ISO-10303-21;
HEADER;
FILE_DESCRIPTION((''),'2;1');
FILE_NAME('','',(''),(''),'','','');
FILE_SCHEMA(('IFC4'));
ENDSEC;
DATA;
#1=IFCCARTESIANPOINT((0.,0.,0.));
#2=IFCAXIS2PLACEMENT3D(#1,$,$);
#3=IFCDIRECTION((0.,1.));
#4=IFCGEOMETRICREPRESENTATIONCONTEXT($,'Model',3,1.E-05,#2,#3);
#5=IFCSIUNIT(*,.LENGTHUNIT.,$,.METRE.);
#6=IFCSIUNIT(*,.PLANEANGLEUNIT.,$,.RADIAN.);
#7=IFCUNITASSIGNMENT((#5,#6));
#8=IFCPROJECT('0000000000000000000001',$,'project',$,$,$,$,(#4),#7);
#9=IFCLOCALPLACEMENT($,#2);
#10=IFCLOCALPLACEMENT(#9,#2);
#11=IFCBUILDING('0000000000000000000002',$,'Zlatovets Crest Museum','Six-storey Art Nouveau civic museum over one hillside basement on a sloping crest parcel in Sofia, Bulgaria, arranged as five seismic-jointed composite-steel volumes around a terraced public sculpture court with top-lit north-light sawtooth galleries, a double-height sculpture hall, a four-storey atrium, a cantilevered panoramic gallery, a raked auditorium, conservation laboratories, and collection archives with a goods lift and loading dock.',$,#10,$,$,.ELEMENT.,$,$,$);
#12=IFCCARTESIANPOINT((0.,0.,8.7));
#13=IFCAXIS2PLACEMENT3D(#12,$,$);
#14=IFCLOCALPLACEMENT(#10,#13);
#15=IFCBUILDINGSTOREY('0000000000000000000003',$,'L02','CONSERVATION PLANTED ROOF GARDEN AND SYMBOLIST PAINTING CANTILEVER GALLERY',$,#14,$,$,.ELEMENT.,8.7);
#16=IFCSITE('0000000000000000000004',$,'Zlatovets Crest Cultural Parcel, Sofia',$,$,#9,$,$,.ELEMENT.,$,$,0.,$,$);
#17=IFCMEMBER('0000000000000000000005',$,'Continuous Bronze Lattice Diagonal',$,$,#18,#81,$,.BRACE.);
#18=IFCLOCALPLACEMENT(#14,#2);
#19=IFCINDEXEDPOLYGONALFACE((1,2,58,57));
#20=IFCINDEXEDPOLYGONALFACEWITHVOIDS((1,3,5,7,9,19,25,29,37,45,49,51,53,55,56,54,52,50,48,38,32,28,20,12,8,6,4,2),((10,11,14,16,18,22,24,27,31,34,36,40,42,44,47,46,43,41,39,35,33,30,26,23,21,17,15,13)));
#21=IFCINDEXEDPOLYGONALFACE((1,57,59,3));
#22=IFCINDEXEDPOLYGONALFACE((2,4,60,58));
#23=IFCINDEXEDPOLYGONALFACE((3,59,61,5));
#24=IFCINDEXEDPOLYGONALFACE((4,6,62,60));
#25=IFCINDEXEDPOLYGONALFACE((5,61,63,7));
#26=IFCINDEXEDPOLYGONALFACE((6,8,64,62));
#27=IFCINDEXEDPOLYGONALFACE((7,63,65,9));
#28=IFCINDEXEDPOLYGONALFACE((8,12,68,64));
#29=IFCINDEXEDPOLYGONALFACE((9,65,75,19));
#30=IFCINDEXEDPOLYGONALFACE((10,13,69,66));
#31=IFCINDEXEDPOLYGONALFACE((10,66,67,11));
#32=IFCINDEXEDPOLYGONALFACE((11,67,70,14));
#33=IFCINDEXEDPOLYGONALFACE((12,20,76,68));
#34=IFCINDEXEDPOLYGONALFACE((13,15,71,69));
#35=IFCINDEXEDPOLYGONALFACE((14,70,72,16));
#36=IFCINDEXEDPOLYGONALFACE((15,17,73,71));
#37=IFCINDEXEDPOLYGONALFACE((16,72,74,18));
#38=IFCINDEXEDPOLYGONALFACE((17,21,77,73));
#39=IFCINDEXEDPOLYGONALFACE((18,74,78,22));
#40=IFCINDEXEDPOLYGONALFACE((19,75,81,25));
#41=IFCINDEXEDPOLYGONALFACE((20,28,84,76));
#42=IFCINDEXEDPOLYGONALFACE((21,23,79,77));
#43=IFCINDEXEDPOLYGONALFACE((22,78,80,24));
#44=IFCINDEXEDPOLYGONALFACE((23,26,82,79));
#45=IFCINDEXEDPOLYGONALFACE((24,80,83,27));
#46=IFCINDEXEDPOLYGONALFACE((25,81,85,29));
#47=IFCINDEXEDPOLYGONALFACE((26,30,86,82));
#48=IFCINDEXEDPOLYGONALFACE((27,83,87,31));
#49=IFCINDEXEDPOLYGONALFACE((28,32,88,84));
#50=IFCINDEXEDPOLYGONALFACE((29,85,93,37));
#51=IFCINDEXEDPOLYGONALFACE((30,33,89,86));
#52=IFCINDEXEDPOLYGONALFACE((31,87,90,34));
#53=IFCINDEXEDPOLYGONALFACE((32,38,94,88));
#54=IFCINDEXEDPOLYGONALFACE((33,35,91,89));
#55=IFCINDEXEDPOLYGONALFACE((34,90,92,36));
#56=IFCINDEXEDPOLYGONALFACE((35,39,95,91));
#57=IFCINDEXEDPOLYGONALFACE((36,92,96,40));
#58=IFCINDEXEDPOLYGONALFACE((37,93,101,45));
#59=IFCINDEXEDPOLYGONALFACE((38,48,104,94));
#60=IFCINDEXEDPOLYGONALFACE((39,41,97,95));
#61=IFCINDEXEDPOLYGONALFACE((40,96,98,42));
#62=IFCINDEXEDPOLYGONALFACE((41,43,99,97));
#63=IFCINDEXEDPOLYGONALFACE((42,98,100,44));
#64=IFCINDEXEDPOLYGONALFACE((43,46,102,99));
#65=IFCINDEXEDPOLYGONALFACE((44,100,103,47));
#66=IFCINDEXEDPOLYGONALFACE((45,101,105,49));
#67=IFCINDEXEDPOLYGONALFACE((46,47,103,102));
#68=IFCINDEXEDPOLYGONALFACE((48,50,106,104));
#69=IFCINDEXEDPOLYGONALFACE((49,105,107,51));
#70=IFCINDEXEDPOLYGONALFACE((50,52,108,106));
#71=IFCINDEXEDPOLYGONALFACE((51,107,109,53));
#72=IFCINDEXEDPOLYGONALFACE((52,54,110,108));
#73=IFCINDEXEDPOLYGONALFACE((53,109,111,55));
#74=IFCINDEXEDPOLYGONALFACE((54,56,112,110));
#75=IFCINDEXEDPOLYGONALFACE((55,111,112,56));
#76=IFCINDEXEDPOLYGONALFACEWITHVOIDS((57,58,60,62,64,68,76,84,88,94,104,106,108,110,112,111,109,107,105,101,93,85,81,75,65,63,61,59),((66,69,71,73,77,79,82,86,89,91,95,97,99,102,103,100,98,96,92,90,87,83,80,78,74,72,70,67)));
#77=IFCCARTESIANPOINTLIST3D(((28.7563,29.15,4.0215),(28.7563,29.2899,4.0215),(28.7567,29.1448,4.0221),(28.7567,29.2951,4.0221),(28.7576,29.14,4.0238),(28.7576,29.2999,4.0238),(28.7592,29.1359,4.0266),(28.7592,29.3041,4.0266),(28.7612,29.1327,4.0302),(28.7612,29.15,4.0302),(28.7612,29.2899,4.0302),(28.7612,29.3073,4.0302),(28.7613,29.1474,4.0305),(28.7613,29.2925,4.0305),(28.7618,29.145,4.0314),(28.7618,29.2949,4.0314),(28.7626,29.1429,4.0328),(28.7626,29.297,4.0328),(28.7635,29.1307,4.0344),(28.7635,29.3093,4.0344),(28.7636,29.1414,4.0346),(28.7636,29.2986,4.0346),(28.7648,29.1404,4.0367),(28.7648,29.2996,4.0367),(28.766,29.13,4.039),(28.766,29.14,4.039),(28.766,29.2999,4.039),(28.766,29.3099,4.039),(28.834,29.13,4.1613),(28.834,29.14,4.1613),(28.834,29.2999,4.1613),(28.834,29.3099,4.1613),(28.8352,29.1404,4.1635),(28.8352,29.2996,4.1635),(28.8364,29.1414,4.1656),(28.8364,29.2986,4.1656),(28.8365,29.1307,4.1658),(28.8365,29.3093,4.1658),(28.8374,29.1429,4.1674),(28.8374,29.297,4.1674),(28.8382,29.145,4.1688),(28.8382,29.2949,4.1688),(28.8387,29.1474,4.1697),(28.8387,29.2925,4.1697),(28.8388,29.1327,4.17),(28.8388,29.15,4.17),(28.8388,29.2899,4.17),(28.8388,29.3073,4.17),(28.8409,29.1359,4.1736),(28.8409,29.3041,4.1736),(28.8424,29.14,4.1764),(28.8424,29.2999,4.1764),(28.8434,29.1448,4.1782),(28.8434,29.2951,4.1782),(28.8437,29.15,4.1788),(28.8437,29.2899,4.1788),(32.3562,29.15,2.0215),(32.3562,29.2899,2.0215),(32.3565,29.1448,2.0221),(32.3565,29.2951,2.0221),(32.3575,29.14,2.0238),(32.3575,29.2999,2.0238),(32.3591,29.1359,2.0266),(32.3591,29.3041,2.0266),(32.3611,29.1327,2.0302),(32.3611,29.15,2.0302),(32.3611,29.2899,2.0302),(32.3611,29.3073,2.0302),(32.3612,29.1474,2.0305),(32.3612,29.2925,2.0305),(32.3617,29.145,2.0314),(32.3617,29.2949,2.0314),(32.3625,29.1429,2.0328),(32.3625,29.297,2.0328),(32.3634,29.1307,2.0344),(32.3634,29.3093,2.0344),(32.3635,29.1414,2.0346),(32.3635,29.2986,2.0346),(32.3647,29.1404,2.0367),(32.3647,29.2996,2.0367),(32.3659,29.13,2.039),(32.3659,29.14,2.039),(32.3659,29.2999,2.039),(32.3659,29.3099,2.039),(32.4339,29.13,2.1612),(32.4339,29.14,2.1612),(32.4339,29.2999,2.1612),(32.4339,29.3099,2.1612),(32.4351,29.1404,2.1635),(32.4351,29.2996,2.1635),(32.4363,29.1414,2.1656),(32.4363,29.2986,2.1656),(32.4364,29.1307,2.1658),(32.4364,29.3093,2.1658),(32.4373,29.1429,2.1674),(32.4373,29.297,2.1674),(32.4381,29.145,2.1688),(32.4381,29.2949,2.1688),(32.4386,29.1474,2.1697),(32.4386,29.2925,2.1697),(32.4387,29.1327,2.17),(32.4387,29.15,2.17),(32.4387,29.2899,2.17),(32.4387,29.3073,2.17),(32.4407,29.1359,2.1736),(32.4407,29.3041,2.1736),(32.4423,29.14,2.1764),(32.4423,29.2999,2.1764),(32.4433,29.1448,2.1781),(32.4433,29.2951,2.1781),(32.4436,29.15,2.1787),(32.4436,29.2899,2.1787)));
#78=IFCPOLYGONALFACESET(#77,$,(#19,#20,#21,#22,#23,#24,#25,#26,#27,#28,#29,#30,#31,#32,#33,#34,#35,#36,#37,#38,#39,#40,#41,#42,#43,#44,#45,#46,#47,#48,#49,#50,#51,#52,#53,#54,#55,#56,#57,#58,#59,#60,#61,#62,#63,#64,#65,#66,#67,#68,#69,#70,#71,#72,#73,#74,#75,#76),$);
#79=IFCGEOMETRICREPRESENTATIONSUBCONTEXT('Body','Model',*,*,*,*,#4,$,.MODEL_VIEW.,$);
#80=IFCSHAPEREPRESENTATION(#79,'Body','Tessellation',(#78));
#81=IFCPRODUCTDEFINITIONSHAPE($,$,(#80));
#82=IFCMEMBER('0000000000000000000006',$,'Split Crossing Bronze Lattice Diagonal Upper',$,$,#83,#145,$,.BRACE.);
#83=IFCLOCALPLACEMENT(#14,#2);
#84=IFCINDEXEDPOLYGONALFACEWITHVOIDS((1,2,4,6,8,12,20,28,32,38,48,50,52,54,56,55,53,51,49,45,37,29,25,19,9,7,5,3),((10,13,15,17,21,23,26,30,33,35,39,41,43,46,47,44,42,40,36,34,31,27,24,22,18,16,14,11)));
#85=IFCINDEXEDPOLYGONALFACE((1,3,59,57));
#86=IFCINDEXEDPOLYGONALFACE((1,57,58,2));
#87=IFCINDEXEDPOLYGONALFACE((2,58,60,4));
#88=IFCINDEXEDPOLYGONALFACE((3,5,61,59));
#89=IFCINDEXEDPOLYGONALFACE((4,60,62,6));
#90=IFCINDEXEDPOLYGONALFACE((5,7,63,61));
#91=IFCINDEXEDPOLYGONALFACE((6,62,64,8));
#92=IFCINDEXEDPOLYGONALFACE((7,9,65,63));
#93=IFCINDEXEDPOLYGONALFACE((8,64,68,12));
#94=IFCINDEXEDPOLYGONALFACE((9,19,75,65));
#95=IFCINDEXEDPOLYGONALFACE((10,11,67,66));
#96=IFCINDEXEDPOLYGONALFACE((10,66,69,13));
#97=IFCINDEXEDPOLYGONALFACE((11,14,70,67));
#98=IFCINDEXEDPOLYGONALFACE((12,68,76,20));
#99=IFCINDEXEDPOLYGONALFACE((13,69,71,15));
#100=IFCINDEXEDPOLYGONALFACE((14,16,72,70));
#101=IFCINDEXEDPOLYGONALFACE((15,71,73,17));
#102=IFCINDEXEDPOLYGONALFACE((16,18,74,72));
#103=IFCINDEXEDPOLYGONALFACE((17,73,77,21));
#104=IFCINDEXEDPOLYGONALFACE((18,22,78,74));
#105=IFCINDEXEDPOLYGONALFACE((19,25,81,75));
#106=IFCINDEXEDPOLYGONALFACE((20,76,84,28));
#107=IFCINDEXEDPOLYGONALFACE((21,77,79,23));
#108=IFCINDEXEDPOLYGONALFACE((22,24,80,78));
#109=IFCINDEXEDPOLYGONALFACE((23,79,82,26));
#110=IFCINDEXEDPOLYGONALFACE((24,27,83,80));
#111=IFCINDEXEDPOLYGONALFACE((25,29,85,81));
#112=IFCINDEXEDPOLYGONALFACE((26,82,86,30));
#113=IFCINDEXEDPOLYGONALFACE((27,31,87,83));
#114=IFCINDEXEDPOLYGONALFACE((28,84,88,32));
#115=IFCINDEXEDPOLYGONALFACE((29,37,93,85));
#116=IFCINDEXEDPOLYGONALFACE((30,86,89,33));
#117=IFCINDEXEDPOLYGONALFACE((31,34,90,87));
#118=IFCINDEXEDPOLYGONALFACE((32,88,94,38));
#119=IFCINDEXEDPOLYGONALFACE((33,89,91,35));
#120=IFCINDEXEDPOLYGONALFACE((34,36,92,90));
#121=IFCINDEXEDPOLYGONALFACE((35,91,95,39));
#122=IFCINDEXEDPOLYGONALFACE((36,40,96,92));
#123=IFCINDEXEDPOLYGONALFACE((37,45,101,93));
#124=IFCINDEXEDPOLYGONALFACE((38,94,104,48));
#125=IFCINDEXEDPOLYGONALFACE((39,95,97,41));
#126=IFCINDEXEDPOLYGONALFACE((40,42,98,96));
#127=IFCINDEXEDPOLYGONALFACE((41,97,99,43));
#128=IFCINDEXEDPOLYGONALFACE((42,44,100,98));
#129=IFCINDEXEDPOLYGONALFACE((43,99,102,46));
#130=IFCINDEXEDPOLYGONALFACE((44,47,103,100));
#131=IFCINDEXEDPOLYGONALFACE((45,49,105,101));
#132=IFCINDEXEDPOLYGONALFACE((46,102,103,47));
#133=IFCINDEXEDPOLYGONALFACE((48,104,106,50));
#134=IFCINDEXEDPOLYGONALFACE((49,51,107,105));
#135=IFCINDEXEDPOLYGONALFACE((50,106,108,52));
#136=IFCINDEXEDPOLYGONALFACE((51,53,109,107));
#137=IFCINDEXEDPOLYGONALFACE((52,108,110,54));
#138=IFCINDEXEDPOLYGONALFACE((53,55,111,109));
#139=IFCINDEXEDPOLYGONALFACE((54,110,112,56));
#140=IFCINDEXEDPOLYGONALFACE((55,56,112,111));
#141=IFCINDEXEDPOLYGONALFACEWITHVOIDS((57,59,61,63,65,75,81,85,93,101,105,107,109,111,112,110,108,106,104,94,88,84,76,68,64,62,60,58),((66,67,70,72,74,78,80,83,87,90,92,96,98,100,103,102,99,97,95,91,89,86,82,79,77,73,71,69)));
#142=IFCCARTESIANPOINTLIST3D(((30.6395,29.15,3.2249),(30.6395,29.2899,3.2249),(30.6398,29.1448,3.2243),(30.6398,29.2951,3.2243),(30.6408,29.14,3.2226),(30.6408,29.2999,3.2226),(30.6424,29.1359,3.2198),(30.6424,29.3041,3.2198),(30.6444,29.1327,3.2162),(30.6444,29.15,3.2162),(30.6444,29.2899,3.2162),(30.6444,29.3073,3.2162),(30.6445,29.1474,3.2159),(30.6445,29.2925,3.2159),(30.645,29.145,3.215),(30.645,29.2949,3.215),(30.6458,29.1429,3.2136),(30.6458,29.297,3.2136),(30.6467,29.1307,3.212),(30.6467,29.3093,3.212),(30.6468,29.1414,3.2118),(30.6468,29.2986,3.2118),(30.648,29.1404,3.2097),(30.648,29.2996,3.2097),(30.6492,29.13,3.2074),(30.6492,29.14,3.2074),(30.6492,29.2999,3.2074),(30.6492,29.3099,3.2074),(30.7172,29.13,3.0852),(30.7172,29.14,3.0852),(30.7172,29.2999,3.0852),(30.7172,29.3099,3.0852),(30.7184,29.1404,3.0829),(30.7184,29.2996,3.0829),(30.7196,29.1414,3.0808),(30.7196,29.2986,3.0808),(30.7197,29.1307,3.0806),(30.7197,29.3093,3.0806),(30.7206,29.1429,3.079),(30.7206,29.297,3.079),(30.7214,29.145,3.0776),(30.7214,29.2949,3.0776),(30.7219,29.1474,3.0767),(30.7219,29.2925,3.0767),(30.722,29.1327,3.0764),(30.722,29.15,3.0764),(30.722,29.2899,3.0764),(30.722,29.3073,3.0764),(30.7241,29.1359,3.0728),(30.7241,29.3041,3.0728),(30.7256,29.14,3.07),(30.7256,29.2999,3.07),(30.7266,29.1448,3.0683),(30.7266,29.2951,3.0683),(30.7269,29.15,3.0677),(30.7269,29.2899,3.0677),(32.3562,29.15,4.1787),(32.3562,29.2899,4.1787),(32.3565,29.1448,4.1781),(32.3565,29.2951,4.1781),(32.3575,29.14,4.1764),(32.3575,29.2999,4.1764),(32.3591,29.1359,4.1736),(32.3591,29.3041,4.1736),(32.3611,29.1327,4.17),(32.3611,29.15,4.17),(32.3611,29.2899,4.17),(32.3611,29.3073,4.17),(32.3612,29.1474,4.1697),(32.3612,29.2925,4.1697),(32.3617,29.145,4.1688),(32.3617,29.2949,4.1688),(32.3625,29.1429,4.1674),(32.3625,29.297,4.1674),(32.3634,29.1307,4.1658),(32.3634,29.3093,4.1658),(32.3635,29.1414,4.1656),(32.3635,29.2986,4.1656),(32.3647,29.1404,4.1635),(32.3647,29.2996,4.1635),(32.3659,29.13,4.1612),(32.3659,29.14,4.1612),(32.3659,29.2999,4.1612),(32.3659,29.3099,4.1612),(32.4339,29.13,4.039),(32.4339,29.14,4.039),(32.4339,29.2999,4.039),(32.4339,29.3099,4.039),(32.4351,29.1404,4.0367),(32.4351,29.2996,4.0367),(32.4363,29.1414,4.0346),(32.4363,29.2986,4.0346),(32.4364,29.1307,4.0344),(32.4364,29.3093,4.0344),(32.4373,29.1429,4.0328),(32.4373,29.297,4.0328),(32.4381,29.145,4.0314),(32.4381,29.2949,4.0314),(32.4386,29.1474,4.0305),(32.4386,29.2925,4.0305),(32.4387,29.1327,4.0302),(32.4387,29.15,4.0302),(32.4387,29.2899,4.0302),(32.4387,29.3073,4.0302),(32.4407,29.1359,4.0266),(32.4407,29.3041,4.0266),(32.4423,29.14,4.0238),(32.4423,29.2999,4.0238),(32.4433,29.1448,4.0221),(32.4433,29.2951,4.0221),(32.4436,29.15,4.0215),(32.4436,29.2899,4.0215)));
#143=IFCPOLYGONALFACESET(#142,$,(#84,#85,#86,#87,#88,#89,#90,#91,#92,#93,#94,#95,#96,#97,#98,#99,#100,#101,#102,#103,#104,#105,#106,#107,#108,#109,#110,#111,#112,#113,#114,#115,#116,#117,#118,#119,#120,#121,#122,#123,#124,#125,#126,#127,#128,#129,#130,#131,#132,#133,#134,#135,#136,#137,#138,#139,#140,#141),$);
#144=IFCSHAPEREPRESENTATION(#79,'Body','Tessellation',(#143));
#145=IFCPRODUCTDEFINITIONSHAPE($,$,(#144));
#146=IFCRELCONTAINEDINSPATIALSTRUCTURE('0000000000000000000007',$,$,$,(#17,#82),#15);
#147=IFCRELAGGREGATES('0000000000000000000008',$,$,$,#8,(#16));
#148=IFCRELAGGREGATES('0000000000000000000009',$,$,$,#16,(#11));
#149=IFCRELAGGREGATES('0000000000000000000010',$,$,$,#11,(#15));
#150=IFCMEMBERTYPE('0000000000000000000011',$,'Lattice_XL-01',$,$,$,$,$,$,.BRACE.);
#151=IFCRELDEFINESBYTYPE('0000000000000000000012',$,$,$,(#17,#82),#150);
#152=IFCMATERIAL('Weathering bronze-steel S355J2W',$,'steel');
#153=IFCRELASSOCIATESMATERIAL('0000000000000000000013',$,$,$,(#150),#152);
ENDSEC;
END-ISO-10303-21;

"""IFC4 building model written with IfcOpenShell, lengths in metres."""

from ifc_helpers import new_model, si_unit, direction, frame, origin, origin_2d, place, context, subcontext, project, spatial, hollow_rectangle, extrude, material, material_profile, profile_set, type_object, element, save


model = new_model("IFC4")

# Units and contexts
model_context = context("Model", 3, precision=1e-05, world=origin(), true_north=direction((0.0, 1.0)))
body_context = subcontext(model_context, "Body", "Model", "MODEL_VIEW")
ifc_project = project(units=[si_unit("LENGTHUNIT", "METRE"), si_unit("PLANEANGLEUNIT", "RADIAN")], contexts=[model_context])

# Site, building, storey
site_placement = place(None, origin())
site = spatial("IfcSite", under=ifc_project, at=site_placement, Name="Zlatovets Crest Cultural Parcel, Sofia", CompositionType="ELEMENT", RefElevation=0.0)
building_placement = place(site_placement, origin())
building = spatial("IfcBuilding", under=site, at=building_placement, Name="Zlatovets Crest Museum", Description="Six-storey Art Nouveau civic museum over one hillside basement on a sloping crest parcel in Sofia, Bulgaria, arranged as five seismic-jointed composite-steel volumes around a terraced public sculpture court with top-lit north-light sawtooth galleries, a double-height sculpture hall, a four-storey atrium, a cantilevered panoramic gallery, a raked auditorium, conservation laboratories, and collection archives with a goods lift and loading dock.", CompositionType="ELEMENT")
storey_placement = place(building_placement, frame((0.0, 0.0, 8.7)))
storey = spatial("IfcBuildingStorey", under=building, at=storey_placement, Name="L02", Description="CONSERVATION PLANTED ROOF GARDEN AND SYMBOLIST PAINTING CANTILEVER GALLERY", CompositionType="ELEMENT", Elevation=8.7)

# Members
ifc_material_1 = material(Name="Weathering bronze-steel S355J2W", Category="steel")
ifc_material_profile_1 = material_profile(ifc_material_1, hollow_rectangle(XDim=0.1799, YDim=0.1799, WallThickness=0.01, InnerFilletRadius=0.01, OuterFilletRadius=0.02, at=origin_2d()), Name="SHS 180x180x10.0")
ifc_profile_set_1 = profile_set([ifc_material_profile_1], Name="Weathering bronze-steel S355J2W")
member_type_1 = type_object("IfcMemberType", Name="Lattice_XL-01", PredefinedType="BRACE", material=ifc_profile_set_1)
member_1_placement = place(storey_placement, frame((32.3999, 29.22, 2.1001), z_axis=(-0.874149, 0.0, 0.485658), x_axis=(0.0, -1.0, 0.0)))
element("IfcMember", 1, at=member_1_placement, inside=storey, type_object=member_type_1, Name="Continuous Bronze Lattice Diagonal", PredefinedType="BRACE", context=body_context, shape_type="SweptSolid", body=[
    extrude(hollow_rectangle(XDim=0.1799, YDim=0.1799, WallThickness=0.01, InnerFilletRadius=0.01, OuterFilletRadius=0.02, at=origin_2d()), origin(), (0.0, 0.0, 1.0), 4.1182),
])
member_2_placement = place(storey_placement, frame((32.3999, 29.22, 4.1001), z_axis=(-0.87414, 0.0, -0.485675), x_axis=(0.0, -1.0, 0.0)))
element("IfcMember", 2, at=member_2_placement, inside=storey, type_object=member_type_1, Name="Split Crossing Bronze Lattice Diagonal Upper", PredefinedType="BRACE", context=body_context, shape_type="SweptSolid", body=[
    extrude(hollow_rectangle(XDim=0.1799, YDim=0.1799, WallThickness=0.01, InnerFilletRadius=0.01, OuterFilletRadius=0.02, at=origin_2d()), origin(), (0.0, 0.0, 1.0), 1.9639),
])

save(model, "model.ifc")
